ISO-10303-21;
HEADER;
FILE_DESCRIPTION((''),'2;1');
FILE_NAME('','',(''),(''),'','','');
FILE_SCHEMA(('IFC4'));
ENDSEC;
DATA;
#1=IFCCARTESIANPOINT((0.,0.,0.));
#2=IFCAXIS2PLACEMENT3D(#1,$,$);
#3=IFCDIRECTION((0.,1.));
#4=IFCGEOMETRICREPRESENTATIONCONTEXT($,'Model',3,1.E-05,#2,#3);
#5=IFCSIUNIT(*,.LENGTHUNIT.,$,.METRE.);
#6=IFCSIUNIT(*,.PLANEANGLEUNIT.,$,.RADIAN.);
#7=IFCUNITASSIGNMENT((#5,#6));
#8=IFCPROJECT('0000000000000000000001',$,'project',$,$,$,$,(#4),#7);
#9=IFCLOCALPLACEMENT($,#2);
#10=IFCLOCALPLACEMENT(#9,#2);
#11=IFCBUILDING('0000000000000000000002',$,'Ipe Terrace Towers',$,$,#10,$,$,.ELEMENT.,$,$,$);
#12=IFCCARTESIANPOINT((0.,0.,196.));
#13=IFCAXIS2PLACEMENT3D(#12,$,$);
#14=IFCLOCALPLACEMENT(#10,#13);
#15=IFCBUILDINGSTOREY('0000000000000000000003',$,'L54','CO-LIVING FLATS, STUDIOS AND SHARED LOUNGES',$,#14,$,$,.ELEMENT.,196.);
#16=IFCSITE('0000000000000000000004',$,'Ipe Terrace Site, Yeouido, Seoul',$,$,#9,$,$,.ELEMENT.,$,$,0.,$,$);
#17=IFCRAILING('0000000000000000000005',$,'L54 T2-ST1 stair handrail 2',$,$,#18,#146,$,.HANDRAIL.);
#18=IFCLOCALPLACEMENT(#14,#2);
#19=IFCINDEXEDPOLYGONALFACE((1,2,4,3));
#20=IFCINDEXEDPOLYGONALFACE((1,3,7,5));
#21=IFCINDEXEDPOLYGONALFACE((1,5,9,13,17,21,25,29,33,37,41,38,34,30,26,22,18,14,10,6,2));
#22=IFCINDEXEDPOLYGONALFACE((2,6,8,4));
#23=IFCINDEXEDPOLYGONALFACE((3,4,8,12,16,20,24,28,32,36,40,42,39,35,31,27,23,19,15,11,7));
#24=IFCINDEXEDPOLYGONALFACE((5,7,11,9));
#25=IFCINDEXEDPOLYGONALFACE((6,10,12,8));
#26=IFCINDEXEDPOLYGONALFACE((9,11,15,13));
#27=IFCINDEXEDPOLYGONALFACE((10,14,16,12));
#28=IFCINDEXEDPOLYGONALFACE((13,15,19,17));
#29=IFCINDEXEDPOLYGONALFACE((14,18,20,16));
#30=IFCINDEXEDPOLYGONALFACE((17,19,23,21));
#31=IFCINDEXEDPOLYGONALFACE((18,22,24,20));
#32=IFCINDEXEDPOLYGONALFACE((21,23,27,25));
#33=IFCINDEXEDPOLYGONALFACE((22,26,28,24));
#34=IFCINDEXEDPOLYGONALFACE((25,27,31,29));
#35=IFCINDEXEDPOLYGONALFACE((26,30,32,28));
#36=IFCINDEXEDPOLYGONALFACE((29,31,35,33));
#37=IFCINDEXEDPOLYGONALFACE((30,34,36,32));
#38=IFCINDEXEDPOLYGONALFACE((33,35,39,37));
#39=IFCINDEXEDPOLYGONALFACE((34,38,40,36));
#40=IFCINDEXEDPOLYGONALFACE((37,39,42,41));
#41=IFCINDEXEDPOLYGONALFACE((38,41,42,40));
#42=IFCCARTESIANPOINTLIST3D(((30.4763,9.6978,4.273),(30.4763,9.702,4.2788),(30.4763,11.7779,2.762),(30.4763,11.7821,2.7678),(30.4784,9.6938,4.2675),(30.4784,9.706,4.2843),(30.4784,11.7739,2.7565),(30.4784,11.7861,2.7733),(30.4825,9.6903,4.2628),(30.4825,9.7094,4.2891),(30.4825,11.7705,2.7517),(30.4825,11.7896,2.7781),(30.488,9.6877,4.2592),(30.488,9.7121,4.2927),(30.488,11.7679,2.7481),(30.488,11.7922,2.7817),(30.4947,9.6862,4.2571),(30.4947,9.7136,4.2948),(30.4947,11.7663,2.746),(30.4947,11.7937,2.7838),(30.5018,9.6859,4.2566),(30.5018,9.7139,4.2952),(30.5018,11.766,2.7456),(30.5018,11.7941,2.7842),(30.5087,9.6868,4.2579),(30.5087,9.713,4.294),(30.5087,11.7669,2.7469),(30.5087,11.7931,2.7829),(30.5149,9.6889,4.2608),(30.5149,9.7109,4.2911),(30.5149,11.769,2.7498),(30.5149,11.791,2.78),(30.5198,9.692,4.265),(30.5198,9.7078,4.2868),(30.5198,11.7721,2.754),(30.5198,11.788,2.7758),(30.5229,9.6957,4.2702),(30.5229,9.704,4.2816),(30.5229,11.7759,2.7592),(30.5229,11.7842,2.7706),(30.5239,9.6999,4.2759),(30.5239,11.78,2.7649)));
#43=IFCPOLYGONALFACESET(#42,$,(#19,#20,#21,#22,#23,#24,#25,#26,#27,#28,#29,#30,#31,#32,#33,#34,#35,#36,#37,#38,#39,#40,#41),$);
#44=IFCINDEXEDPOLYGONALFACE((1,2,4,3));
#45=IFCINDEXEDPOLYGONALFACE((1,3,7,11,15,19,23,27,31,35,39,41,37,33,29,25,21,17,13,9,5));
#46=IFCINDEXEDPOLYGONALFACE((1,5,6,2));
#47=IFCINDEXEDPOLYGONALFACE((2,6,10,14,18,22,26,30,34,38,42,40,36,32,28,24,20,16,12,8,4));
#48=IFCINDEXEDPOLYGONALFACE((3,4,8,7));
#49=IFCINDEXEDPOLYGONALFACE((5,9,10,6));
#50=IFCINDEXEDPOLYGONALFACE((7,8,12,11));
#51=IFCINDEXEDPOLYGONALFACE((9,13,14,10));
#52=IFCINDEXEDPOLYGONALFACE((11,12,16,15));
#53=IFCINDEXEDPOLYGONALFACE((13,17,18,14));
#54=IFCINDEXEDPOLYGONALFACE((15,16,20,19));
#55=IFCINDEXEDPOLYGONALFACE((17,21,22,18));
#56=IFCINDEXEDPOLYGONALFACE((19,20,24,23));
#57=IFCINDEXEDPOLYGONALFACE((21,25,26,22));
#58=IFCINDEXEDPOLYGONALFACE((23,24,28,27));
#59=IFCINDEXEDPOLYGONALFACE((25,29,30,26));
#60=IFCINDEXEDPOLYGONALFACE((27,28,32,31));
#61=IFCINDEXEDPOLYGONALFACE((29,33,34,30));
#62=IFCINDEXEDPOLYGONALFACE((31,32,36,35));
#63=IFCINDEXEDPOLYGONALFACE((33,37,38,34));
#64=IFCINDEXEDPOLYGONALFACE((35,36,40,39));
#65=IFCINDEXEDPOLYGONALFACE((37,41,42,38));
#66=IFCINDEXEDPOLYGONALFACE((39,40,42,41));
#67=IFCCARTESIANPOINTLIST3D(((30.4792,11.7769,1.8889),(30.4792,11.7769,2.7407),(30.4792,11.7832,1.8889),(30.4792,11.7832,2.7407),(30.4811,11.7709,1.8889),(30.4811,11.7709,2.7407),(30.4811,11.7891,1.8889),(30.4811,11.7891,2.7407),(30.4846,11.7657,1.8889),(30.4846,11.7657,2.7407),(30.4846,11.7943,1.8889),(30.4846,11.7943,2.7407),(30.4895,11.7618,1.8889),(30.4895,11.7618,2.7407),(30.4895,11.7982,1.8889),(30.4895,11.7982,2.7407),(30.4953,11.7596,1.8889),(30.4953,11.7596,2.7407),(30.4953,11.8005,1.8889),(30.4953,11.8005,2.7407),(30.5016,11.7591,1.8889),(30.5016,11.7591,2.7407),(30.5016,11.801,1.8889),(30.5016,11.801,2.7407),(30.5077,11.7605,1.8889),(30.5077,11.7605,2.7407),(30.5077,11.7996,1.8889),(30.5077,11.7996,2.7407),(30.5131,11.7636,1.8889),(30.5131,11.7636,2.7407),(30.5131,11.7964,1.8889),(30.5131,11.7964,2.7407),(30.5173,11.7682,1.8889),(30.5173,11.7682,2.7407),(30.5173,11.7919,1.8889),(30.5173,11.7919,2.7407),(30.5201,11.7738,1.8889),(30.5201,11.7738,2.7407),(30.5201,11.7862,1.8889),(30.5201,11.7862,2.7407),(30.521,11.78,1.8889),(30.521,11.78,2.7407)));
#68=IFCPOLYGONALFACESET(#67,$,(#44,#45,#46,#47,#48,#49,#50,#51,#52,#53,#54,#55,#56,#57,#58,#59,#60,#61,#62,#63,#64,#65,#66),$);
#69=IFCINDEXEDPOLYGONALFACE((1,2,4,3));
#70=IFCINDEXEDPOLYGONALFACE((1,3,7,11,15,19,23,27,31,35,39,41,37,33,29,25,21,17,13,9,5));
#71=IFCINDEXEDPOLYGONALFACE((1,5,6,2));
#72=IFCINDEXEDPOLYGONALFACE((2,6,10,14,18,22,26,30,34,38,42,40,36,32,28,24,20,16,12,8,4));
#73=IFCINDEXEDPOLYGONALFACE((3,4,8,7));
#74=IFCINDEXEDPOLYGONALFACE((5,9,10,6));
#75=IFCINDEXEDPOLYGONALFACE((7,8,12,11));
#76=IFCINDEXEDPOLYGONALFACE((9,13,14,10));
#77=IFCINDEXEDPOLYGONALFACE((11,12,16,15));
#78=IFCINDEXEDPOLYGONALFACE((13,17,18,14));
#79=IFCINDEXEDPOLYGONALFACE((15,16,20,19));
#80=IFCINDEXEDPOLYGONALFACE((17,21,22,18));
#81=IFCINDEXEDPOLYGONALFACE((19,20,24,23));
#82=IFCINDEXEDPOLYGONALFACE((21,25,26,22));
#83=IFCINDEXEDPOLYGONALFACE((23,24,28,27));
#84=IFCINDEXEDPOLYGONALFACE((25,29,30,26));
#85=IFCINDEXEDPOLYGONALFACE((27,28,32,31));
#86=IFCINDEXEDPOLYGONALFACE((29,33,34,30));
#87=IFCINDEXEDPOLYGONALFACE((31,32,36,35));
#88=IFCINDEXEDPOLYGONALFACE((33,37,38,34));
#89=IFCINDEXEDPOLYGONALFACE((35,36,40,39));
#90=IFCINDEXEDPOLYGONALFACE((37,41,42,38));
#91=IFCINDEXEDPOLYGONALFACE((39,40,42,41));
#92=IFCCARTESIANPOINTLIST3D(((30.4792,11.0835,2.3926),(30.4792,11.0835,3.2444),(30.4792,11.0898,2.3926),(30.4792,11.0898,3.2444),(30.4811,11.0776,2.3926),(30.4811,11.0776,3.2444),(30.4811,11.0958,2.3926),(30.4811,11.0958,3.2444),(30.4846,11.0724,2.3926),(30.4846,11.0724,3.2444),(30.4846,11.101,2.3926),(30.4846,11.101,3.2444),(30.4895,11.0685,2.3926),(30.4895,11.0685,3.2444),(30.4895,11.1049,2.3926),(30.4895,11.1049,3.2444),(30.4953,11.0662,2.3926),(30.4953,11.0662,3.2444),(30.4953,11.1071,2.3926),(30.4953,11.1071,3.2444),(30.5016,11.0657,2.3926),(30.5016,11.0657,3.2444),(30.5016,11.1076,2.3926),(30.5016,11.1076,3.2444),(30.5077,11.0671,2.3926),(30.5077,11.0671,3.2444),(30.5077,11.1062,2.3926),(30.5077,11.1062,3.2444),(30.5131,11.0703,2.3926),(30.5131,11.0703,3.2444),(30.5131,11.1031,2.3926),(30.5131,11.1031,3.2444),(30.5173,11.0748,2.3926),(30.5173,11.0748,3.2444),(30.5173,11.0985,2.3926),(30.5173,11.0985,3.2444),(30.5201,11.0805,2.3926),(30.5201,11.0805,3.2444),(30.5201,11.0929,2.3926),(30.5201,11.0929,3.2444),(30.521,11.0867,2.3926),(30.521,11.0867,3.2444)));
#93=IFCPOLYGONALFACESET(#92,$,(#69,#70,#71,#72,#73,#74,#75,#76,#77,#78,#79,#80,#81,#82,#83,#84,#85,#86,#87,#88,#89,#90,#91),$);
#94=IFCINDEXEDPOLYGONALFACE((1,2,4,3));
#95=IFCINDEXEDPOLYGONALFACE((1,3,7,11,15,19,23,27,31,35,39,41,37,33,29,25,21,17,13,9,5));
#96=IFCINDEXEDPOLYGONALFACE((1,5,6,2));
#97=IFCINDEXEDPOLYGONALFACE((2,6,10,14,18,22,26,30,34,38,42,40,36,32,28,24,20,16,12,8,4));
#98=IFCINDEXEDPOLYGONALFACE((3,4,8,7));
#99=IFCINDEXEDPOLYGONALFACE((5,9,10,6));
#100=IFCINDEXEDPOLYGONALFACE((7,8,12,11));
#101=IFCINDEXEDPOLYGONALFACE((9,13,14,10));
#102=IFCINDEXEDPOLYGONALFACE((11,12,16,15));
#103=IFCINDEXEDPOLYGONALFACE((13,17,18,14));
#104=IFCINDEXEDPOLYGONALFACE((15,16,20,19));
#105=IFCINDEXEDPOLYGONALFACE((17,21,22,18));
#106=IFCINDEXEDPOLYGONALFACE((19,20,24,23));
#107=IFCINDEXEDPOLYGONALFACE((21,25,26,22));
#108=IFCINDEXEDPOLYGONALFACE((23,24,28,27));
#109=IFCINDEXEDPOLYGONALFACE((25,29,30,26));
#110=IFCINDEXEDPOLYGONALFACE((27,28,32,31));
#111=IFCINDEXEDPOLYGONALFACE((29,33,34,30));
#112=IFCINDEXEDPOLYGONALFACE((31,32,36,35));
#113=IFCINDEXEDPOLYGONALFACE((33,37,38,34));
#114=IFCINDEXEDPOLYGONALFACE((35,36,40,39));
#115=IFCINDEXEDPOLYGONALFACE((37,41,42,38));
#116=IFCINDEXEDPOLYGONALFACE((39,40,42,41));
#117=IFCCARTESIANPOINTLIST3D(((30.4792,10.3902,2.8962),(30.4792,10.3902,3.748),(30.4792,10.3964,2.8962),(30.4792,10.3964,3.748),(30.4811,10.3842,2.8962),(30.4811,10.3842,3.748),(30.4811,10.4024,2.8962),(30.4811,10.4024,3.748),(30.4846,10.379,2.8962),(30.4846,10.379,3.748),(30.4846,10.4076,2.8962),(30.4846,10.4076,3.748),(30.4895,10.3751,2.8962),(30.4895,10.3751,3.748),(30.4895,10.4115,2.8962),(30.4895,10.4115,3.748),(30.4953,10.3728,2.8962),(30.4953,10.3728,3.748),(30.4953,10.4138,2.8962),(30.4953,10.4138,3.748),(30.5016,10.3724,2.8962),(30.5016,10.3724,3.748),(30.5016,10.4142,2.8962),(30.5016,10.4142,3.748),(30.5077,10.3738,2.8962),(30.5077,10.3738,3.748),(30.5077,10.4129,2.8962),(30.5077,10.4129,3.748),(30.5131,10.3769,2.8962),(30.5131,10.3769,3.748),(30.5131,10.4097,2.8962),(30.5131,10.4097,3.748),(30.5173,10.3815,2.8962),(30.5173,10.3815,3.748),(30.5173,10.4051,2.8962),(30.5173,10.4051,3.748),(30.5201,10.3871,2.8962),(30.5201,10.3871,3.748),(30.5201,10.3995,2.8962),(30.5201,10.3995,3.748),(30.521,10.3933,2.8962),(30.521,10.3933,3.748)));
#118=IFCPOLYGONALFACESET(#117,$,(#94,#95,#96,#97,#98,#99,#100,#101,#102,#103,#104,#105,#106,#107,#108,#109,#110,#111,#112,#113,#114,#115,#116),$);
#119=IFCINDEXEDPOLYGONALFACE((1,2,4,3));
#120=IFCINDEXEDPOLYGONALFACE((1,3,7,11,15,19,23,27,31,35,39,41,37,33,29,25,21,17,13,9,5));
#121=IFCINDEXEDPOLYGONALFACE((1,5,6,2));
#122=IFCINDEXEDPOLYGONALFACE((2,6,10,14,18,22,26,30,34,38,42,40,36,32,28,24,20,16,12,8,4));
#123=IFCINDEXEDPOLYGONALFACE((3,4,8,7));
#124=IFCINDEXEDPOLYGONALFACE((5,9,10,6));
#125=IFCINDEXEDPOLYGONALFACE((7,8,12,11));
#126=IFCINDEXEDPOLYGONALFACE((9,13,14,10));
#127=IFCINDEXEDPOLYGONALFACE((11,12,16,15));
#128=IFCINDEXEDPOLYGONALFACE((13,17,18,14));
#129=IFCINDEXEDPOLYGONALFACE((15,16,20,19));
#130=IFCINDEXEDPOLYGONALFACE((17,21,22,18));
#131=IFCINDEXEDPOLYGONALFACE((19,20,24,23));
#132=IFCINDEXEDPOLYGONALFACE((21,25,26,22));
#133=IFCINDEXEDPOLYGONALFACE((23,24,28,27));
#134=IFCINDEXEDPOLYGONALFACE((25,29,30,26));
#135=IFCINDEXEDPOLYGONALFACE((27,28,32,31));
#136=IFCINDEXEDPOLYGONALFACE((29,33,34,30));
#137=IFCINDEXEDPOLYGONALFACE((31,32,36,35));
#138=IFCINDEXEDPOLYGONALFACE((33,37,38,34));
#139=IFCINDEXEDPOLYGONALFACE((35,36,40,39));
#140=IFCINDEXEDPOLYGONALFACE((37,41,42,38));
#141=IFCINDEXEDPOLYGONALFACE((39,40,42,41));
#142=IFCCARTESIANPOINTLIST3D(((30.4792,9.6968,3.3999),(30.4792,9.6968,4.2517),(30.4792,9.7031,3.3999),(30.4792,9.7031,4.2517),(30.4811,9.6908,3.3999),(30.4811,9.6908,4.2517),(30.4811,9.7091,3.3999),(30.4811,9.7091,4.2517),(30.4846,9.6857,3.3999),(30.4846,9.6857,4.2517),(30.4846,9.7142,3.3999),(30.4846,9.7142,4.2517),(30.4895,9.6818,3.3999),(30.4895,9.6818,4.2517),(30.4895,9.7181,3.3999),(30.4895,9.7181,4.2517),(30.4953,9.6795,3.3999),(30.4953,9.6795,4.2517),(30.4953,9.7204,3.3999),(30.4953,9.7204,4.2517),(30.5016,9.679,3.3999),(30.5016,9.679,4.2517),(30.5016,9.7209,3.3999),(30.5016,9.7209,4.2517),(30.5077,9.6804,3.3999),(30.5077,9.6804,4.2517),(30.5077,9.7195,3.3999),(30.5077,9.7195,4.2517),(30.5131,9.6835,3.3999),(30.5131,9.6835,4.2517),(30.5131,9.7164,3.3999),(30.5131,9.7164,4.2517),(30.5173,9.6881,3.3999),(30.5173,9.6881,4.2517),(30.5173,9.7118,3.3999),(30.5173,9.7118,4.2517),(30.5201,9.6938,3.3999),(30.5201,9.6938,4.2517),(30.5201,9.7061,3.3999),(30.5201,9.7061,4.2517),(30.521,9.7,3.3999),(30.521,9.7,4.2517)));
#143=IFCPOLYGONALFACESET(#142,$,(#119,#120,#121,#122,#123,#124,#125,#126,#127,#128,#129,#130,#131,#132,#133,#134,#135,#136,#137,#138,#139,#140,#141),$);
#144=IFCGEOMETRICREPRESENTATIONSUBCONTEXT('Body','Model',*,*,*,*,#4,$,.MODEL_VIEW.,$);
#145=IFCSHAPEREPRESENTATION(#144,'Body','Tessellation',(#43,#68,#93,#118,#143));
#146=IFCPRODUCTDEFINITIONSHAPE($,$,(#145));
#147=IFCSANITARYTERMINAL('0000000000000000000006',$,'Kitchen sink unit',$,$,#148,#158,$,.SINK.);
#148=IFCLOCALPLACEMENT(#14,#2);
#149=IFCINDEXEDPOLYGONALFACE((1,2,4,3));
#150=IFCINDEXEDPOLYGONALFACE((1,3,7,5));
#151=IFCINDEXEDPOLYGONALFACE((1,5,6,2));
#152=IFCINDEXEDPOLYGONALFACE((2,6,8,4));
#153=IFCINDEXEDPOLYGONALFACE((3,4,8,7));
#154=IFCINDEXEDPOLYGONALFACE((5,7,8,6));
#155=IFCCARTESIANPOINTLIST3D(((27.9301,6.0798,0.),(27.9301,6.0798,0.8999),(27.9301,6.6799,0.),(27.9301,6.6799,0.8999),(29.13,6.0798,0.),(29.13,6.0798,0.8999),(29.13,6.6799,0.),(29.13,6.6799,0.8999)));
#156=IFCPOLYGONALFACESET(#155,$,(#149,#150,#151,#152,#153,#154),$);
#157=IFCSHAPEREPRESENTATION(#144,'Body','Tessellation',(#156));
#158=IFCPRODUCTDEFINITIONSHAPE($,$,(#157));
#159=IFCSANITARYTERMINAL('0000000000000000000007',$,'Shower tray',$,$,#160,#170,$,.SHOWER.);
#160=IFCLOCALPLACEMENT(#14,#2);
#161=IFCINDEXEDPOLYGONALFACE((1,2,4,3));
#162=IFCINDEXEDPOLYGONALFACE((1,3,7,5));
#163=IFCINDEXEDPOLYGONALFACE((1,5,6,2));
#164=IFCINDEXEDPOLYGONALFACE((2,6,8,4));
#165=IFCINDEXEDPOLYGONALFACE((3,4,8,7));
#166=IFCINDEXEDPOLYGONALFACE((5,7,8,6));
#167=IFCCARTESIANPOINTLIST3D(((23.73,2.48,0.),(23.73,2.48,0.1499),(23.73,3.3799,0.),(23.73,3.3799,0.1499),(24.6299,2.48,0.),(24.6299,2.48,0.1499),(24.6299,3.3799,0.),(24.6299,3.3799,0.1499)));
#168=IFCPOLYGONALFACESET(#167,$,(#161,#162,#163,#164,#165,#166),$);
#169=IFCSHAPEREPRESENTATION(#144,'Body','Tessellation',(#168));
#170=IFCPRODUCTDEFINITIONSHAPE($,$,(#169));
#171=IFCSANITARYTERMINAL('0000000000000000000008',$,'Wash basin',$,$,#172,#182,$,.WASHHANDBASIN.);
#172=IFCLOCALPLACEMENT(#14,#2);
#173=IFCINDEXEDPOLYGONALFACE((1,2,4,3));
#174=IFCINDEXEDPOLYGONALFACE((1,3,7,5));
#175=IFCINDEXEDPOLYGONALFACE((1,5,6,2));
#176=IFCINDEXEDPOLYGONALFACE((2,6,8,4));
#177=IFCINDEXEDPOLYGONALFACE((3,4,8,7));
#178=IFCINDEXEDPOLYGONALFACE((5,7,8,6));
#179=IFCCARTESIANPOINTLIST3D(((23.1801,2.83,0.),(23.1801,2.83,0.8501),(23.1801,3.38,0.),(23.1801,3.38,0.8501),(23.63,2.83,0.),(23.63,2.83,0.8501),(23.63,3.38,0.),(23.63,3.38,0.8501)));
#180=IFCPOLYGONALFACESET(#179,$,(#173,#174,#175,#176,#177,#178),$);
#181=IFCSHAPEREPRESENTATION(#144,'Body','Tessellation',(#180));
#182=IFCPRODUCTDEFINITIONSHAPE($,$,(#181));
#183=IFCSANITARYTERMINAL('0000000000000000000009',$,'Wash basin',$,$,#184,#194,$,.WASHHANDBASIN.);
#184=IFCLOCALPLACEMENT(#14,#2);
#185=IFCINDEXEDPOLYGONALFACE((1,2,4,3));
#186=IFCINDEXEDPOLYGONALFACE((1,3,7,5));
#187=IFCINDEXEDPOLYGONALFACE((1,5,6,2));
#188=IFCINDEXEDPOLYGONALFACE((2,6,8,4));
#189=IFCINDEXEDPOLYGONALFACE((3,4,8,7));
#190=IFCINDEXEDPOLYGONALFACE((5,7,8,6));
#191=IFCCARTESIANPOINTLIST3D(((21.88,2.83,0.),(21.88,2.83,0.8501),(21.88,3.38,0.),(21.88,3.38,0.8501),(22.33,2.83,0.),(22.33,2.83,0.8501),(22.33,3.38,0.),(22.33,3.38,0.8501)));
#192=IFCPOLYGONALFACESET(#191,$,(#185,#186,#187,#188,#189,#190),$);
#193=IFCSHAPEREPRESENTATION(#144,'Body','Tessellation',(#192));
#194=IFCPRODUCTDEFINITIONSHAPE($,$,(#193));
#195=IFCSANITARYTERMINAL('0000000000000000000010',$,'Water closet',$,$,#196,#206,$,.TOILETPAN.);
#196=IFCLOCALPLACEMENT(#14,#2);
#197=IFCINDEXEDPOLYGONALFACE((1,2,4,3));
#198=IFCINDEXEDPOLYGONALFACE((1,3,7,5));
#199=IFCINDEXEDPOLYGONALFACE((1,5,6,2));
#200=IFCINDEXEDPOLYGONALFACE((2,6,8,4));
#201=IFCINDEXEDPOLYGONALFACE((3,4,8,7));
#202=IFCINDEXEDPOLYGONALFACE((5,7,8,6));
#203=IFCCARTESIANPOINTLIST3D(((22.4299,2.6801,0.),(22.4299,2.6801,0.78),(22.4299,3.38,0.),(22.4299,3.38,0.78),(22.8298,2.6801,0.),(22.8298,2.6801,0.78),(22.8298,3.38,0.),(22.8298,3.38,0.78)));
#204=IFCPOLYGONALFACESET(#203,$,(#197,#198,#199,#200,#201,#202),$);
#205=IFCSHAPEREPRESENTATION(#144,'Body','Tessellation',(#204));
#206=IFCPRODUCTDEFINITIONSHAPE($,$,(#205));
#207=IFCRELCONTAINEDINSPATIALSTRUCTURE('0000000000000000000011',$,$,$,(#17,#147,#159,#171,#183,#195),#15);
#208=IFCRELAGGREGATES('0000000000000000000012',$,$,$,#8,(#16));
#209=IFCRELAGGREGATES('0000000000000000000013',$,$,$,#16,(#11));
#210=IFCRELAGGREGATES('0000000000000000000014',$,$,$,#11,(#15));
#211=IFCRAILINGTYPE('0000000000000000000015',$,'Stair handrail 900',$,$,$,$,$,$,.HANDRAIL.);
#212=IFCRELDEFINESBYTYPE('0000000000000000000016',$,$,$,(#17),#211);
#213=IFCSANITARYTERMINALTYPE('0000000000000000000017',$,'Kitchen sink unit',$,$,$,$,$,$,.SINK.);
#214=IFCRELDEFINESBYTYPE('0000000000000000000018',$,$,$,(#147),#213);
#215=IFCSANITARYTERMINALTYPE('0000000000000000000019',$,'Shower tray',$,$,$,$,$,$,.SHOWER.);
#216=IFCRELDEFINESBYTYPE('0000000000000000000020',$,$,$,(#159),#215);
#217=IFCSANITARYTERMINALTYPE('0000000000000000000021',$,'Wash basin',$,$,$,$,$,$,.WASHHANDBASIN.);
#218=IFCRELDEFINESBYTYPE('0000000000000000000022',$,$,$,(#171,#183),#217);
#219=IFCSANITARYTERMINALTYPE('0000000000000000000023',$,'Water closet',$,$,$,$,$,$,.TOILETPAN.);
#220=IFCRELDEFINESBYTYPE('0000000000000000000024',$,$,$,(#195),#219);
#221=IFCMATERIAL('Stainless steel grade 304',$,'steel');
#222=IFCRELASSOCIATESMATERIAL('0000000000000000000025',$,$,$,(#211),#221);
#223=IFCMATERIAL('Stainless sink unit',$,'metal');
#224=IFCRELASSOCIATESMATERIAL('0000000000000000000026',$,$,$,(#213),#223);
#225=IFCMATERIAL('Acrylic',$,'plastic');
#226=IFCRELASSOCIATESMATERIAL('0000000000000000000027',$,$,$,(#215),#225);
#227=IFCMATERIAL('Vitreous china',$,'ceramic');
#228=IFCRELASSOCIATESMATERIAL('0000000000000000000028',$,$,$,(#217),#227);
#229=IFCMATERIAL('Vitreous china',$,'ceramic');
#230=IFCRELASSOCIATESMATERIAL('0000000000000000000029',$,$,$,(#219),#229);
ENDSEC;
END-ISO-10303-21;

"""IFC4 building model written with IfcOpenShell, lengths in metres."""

from ifc_helpers import new_model, si_unit, direction, frame, origin, origin_2d, place, context, subcontext, project, spatial, rectangle, circle, extrude, material, type_object, element, save


model = new_model("IFC4")

# Units and contexts
model_context = context("Model", 3, precision=1e-05, world=origin(), true_north=direction((0.0, 1.0)))
body_context = subcontext(model_context, "Body", "Model", "MODEL_VIEW")
ifc_project = project(units=[si_unit("LENGTHUNIT", "METRE"), si_unit("PLANEANGLEUNIT", "RADIAN")], contexts=[model_context])

# Site, building, storey
site_placement = place(None, origin())
site = spatial("IfcSite", under=ifc_project, at=site_placement, Name="Ipe Terrace Site, Yeouido, Seoul", CompositionType="ELEMENT", RefElevation=0.0)
building_placement = place(site_placement, origin())
building = spatial("IfcBuilding", under=site, at=building_placement, Name="Ipe Terrace Towers", CompositionType="ELEMENT")
storey_placement = place(building_placement, frame((0.0, 0.0, 196.0)))
storey = spatial("IfcBuildingStorey", under=building, at=storey_placement, Name="L54", Description="CO-LIVING FLATS, STUDIOS AND SHARED LOUNGES", CompositionType="ELEMENT", Elevation=196.0)

# Railing
ifc_material_1 = material(Name="Stainless steel grade 304", Category="steel")
railing_type = type_object("IfcRailingType", Name="Stair handrail 900", PredefinedType="HANDRAIL", material=ifc_material_1)
railing_placement = place(storey_placement, frame((30.5, 11.78, 1.8889)))
element("IfcRailing", 1, at=railing_placement, inside=storey, type_object=railing_type, Name="L54 T2-ST1 stair handrail 2", PredefinedType="HANDRAIL", context=body_context, shape_type="SweptSolid", body=[
    extrude(circle(Radius=0.0239, at=origin_2d()), frame((0.0, 0.0, 0.876), z_axis=(0.0, -0.809069, 0.587714), x_axis=(1.0, 0.0, 0.0)), (0.0, 0.0, 1.0), 2.571),
    extrude(circle(Radius=0.021, at=origin_2d()), origin(), (0.0, 0.0, 1.0), 0.8518),
    extrude(circle(Radius=0.021, at=origin_2d()), frame((0.0, -0.6934, 0.5037)), (0.0, 0.0, 1.0), 0.8518),
    extrude(circle(Radius=0.021, at=origin_2d()), frame((0.0, -1.3867, 1.0073)), (0.0, 0.0, 1.0), 0.8518),
    extrude(circle(Radius=0.021, at=origin_2d()), frame((0.0, -2.0801, 1.511)), (0.0, 0.0, 1.0), 0.8518),
])

# Sanitary terminals
ifc_material_2 = material(Name="Stainless sink unit", Category="metal")
sanitary_terminal_type_1 = type_object("IfcSanitaryTerminalType", Name="Kitchen sink unit", PredefinedType="SINK", material=ifc_material_2)
sanitary_terminal_1_placement = place(storey_placement, frame((28.53, 6.3799, 0.0), z_axis=(0.0, 0.0, 1.0), x_axis=(1.0, 0.0, 0.0)))
element("IfcSanitaryTerminal", 2, at=sanitary_terminal_1_placement, inside=storey, type_object=sanitary_terminal_type_1, Name="Kitchen sink unit", PredefinedType="SINK", context=body_context, shape_type="SweptSolid", body=[
    extrude(rectangle(XDim=1.2, YDim=0.6001, at=origin_2d()), origin(), (0.0, 0.0, 1.0), 0.8999),
])
ifc_material_3 = material(Name="Acrylic", Category="plastic")
sanitary_terminal_type_2 = type_object("IfcSanitaryTerminalType", Name="Shower tray", PredefinedType="SHOWER", material=ifc_material_3)
sanitary_terminal_2_placement = place(storey_placement, frame((24.1799, 2.9299, 0.0), z_axis=(0.0, 0.0, 1.0), x_axis=(0.0, -1.0, 0.0)))
element("IfcSanitaryTerminal", 3, at=sanitary_terminal_2_placement, inside=storey, type_object=sanitary_terminal_type_2, Name="Shower tray", PredefinedType="SHOWER", context=body_context, shape_type="SweptSolid", body=[
    extrude(rectangle(XDim=0.8999, YDim=0.8999, at=origin_2d()), origin(), (0.0, 0.0, 1.0), 0.1499),
])
ifc_material_4 = material(Name="Vitreous china", Category="ceramic")
sanitary_terminal_type_3 = type_object("IfcSanitaryTerminalType", Name="Wash basin", PredefinedType="WASHHANDBASIN", material=ifc_material_4)
for number, where, z_axis, x_axis, name in (
    (4, (23.405, 3.105, 0.0), (0.0, 0.0, 1.0), (0.0, -1.0, 0.0), "Wash basin"),
    (5, (22.105, 3.105, 0.0), (0.0, 0.0, 1.0), (0.0, -1.0, 0.0), "Wash basin"),
):
    element("IfcSanitaryTerminal", number, at=place(storey_placement, frame(where, z_axis=z_axis, x_axis=x_axis)), inside=storey, type_object=sanitary_terminal_type_3, Name=name, PredefinedType="WASHHANDBASIN", context=body_context, shape_type="SweptSolid", body=[
        extrude(rectangle(XDim=0.55, YDim=0.45, at=origin_2d()), origin(), (0.0, 0.0, 1.0), 0.8501),
    ])
ifc_material_5 = material(Name="Vitreous china", Category="ceramic")
sanitary_terminal_type_4 = type_object("IfcSanitaryTerminalType", Name="Water closet", PredefinedType="TOILETPAN", material=ifc_material_5)
sanitary_terminal_3_placement = place(storey_placement, frame((22.6299, 3.03, 0.0), z_axis=(0.0, 0.0, 1.0), x_axis=(0.0, -1.0, 0.0)))
element("IfcSanitaryTerminal", 6, at=sanitary_terminal_3_placement, inside=storey, type_object=sanitary_terminal_type_4, Name="Water closet", PredefinedType="TOILETPAN", context=body_context, shape_type="SweptSolid", body=[
    extrude(rectangle(XDim=0.7, YDim=0.3999, at=origin_2d()), origin(), (0.0, 0.0, 1.0), 0.78),
])

save(model, "model.ifc")
